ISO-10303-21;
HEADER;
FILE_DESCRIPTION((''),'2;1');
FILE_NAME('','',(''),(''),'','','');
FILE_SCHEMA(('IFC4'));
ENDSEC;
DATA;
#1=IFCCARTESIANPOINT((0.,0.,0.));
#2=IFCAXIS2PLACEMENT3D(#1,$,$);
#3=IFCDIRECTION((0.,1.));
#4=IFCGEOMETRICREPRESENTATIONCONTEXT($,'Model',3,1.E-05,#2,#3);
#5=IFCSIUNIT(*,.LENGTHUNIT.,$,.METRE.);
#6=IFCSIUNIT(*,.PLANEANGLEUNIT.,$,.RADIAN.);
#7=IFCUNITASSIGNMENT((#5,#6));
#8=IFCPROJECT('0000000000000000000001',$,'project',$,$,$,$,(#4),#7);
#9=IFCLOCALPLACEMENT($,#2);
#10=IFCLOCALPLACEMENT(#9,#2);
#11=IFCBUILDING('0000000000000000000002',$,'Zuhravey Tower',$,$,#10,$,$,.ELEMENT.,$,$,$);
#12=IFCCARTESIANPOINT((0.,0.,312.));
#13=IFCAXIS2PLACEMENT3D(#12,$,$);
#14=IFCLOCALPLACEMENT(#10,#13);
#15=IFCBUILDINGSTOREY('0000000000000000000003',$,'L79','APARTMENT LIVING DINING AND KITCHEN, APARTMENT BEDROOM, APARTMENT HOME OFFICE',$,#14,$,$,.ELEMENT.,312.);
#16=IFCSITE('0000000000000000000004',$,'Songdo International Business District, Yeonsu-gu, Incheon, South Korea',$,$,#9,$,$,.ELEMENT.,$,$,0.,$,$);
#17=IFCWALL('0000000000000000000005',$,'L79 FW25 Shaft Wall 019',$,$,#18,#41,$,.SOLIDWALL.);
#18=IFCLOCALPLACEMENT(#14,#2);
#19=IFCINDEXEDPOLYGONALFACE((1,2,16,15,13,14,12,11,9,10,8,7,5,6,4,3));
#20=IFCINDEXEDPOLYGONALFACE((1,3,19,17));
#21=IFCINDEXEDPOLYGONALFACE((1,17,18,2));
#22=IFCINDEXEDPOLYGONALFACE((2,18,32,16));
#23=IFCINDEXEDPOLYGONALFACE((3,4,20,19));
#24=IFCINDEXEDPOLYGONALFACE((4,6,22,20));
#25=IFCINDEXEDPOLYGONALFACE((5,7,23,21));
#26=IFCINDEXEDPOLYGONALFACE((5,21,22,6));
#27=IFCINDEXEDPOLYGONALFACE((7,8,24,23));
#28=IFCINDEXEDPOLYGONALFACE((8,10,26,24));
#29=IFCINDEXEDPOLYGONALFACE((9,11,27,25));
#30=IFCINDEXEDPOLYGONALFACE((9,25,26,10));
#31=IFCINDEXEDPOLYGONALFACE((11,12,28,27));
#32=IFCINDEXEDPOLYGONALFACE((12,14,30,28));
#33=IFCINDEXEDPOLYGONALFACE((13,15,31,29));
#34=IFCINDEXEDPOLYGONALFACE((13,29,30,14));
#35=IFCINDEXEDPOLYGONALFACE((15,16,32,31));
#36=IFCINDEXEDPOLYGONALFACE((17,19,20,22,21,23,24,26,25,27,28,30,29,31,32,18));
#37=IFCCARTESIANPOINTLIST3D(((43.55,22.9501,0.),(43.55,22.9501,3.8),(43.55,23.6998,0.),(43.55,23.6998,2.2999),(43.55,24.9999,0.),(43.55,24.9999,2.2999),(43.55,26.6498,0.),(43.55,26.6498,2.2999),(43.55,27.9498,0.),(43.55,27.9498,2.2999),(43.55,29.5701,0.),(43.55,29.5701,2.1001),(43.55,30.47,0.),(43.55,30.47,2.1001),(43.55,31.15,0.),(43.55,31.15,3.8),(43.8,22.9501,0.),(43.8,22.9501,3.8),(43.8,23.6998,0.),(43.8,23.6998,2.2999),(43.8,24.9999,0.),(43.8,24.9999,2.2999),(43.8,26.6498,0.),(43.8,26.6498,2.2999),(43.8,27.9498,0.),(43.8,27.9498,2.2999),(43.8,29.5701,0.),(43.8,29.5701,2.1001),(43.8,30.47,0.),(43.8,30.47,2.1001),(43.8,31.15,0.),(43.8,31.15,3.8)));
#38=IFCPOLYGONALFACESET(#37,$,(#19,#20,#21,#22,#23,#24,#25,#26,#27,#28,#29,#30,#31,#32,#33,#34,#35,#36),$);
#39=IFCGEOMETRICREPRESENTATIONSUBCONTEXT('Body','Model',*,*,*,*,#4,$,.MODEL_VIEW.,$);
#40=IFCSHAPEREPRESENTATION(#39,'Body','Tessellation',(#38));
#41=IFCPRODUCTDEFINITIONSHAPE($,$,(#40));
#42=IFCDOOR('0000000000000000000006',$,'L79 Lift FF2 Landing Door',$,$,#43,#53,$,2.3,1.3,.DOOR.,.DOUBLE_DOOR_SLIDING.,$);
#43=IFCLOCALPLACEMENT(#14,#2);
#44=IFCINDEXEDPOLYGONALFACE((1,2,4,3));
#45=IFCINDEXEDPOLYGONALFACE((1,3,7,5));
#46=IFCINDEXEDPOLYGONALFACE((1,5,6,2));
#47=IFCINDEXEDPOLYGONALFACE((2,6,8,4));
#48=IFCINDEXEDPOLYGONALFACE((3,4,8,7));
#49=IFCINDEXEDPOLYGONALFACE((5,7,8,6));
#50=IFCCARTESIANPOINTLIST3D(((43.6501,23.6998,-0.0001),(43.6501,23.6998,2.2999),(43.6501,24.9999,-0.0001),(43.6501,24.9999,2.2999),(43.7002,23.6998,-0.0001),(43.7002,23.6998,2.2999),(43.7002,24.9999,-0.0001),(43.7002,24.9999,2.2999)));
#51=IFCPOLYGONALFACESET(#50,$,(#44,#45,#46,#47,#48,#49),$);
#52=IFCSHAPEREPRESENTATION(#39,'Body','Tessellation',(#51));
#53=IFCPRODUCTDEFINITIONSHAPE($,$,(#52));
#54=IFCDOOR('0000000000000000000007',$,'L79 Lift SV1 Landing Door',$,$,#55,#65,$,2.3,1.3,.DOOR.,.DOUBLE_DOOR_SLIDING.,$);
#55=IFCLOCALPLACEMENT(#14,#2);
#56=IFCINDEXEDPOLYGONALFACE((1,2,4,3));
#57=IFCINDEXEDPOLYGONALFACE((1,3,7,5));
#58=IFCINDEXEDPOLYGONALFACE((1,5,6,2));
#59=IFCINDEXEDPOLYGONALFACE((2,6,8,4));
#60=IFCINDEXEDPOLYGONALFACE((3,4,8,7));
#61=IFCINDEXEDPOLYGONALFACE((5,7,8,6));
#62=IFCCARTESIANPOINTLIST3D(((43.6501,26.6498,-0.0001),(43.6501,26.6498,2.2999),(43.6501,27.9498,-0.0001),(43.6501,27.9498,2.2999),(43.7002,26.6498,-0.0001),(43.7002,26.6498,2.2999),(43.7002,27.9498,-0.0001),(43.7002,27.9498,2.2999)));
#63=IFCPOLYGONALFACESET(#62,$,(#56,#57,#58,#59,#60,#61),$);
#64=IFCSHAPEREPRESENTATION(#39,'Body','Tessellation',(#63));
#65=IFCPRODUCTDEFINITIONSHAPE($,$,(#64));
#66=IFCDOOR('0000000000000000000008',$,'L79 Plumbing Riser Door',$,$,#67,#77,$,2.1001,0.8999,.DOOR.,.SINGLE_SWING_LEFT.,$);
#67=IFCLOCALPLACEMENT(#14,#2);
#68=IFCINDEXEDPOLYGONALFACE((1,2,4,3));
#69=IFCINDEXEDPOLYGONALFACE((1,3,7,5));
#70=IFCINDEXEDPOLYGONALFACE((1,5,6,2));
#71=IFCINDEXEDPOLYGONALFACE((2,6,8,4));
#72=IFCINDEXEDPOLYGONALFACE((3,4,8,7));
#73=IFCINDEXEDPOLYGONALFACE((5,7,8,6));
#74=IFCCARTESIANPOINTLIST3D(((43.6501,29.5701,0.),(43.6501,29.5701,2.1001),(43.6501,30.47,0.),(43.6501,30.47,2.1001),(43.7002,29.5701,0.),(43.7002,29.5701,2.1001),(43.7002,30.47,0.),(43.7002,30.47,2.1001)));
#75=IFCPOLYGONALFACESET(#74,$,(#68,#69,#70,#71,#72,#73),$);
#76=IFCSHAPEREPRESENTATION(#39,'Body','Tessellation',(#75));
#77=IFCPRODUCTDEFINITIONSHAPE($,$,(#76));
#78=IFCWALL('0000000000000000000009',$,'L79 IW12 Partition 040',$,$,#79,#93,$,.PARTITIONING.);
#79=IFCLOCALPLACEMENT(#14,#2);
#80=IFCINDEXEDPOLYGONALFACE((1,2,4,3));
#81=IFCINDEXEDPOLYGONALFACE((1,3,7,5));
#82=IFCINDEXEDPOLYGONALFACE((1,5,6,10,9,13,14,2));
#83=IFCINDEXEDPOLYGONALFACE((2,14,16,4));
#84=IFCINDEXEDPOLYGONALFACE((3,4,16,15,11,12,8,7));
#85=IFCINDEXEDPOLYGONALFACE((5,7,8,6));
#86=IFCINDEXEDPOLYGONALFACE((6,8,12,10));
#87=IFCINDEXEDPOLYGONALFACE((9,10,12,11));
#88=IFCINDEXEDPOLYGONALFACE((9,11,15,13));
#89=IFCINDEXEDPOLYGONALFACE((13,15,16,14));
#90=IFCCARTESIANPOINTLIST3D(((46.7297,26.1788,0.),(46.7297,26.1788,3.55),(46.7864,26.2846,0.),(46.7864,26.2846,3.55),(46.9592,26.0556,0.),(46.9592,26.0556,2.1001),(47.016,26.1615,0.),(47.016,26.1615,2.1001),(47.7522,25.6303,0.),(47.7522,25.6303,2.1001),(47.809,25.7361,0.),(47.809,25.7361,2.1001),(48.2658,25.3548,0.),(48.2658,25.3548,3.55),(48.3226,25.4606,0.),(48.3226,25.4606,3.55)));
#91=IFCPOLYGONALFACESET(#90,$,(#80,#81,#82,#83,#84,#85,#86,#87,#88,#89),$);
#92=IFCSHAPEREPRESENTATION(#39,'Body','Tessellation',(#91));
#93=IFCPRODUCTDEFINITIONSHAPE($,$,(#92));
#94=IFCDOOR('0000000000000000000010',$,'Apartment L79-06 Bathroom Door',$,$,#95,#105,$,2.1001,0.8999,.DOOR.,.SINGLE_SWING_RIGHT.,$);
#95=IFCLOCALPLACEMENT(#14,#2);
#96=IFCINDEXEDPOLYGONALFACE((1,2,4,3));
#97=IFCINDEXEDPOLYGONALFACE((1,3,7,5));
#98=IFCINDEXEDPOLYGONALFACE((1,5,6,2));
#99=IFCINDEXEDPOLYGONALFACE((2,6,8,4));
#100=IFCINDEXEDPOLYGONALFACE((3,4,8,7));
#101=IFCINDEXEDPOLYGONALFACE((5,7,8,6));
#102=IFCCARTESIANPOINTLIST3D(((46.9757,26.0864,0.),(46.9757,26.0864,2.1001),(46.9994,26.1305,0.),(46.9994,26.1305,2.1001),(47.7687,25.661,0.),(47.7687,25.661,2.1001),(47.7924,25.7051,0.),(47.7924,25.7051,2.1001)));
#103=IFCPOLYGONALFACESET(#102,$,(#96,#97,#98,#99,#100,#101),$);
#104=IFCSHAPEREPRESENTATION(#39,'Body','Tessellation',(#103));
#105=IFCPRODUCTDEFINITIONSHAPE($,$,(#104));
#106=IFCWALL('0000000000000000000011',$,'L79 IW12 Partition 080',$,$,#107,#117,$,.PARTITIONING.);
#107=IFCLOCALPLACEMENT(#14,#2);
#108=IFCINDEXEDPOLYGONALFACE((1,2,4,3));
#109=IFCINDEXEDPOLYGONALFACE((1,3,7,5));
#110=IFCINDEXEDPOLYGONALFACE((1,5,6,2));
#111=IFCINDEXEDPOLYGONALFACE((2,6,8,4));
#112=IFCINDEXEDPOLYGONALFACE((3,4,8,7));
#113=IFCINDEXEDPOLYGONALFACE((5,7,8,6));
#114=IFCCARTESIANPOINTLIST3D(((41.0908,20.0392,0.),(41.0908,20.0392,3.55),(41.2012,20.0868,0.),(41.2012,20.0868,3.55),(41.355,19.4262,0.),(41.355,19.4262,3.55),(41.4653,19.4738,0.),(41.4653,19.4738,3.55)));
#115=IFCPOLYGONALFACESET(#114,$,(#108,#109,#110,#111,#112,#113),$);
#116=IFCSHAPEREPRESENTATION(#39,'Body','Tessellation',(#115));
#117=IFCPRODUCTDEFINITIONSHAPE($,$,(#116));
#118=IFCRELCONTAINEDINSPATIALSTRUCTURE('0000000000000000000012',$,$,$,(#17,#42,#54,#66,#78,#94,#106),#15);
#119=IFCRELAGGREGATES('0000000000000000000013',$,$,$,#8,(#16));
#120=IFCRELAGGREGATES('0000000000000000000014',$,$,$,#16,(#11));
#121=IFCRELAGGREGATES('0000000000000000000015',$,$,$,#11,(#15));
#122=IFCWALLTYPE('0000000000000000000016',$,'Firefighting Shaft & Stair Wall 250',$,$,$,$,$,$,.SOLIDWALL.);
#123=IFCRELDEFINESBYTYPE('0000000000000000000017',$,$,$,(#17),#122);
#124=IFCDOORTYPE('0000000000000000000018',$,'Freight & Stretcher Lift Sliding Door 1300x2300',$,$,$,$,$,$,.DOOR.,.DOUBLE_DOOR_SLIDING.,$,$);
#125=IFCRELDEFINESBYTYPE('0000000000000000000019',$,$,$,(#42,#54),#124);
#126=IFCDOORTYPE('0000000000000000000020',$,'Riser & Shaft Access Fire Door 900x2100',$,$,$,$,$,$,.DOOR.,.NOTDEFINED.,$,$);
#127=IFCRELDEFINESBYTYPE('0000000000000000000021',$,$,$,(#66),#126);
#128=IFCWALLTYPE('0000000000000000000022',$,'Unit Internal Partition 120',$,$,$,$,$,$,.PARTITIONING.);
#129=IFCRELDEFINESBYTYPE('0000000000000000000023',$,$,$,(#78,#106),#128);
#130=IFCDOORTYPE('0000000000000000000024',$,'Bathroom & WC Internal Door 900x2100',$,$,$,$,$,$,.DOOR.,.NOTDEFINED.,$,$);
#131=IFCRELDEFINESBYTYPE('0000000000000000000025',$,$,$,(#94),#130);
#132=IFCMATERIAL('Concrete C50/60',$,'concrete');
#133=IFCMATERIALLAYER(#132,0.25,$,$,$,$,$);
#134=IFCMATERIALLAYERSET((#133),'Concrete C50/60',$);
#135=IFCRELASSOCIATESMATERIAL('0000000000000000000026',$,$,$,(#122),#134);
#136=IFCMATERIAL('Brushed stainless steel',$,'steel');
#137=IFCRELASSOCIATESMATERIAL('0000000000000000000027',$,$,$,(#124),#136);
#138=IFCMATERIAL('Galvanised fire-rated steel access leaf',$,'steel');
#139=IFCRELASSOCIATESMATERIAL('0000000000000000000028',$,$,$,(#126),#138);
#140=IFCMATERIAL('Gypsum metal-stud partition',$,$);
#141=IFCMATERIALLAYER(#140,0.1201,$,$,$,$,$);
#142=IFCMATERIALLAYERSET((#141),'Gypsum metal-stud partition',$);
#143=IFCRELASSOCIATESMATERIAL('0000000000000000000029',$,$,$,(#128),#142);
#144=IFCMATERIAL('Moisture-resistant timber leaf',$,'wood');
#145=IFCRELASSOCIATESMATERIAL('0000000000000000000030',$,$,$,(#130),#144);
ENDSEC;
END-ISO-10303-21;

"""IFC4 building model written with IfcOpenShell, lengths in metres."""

from ifc_helpers import new_model, si_unit, direction, frame, frame_2d, origin, place, context, subcontext, project, spatial, rectangle, extrude, material, layer, layer_set, type_object, element, fill, save


model = new_model("IFC4")

# Units and contexts
model_context = context("Model", 3, precision=1e-05, world=origin(), true_north=direction((0.0, 1.0)))
body_context = subcontext(model_context, "Body", "Model", "MODEL_VIEW")
ifc_project = project(units=[si_unit("LENGTHUNIT", "METRE"), si_unit("PLANEANGLEUNIT", "RADIAN")], contexts=[model_context])

# Site, building, storey
site_placement = place(None, origin())
site = spatial("IfcSite", under=ifc_project, at=site_placement, Name="Songdo International Business District, Yeonsu-gu, Incheon, South Korea", CompositionType="ELEMENT", RefElevation=0.0)
building_placement = place(site_placement, origin())
building = spatial("IfcBuilding", under=site, at=building_placement, Name="Zuhravey Tower", CompositionType="ELEMENT")
storey_placement = place(building_placement, frame((0.0, 0.0, 312.0)))
storey = spatial("IfcBuildingStorey", under=building, at=storey_placement, Name="L79", Description="APARTMENT LIVING DINING AND KITCHEN, APARTMENT BEDROOM, APARTMENT HOME OFFICE", CompositionType="ELEMENT", Elevation=312.0)

# Shared definitions
ifc_material_1 = material(Name="Concrete C50/60", Category="concrete")

# Shared definitions
ifc_layer_1 = layer(ifc_material_1, 0.25)
ifc_layer_set_1 = layer_set([ifc_layer_1], Name="Concrete C50/60")
wall_type_1 = type_object("IfcWallType", Name="Firefighting Shaft & Stair Wall 250", PredefinedType="SOLIDWALL", material=ifc_layer_set_1)

# Wall, openings, doors
wall_1_placement = place(storey_placement, frame((43.675, 22.95, 0.0), z_axis=(0.0, 0.0, 1.0), x_axis=(0.0, 1.0, 0.0)))
wall_1 = element("IfcWall", 1, at=wall_1_placement, inside=storey, type_object=wall_type_1, Name="L79 FW25 Shaft Wall 019", PredefinedType="SOLIDWALL", context=body_context, shape_type="SweptSolid", body=[
    extrude(rectangle(XDim=8.2, YDim=0.25, at=frame_2d((4.1001, 0.0))), origin(), (0.0, 0.0, 1.0), 3.8),
])
opening_1_placement = place(wall_1_placement, frame((0.75, 0.0, 0.0)))
opening_1 = element("IfcOpeningElement", 2, at=opening_1_placement, cuts=wall_1, PredefinedType="OPENING", context=body_context, shape_type="SweptSolid", body=[
    extrude(rectangle(XDim=1.3, YDim=2.3, at=frame_2d((0.6499, 1.1499))), frame((0.0, 0.137, 0.0), z_axis=(0.0, -1.0, 0.0), x_axis=(1.0, 0.0, 0.0)), (0.0, 0.0, 1.0), 0.2739),
])
opening_2_placement = place(wall_1_placement, frame((3.7, 0.0, 0.0)))
opening_2 = element("IfcOpeningElement", 3, at=opening_2_placement, cuts=wall_1, PredefinedType="OPENING", context=body_context, shape_type="SweptSolid", body=[
    extrude(rectangle(XDim=1.3, YDim=2.3, at=frame_2d((0.6499, 1.1499))), frame((0.0, 0.137, 0.0), z_axis=(0.0, -1.0, 0.0), x_axis=(1.0, 0.0, 0.0)), (0.0, 0.0, 1.0), 0.2739),
])
opening_3_placement = place(wall_1_placement, frame((6.6201, 0.0, 0.0)))
opening_3 = element("IfcOpeningElement", 4, at=opening_3_placement, cuts=wall_1, PredefinedType="OPENING", context=body_context, shape_type="SweptSolid", body=[
    extrude(rectangle(XDim=0.8999, YDim=2.1001, at=frame_2d((0.45, 1.05))), frame((0.0, 0.137, 0.0), z_axis=(0.0, -1.0, 0.0), x_axis=(1.0, 0.0, 0.0)), (0.0, 0.0, 1.0), 0.2739),
])
ifc_material_2 = material(Name="Brushed stainless steel", Category="steel")
door_type_1 = type_object("IfcDoorType", Name="Freight & Stretcher Lift Sliding Door 1300x2300", OperationType="DOUBLE_DOOR_SLIDING", PredefinedType="DOOR", material=ifc_material_2)
door_1_placement = place(opening_1_placement, origin())
door_1 = element("IfcDoor", 5, at=door_1_placement, inside=storey, type_object=door_type_1, Name="L79 Lift FF2 Landing Door", OperationType="DOUBLE_DOOR_SLIDING", OverallHeight=2.3, OverallWidth=1.3, PredefinedType="DOOR", context=body_context, shape_type="SweptSolid", body=[
    extrude(rectangle(XDim=1.3, YDim=2.3, at=frame_2d((0.6499, 1.1499))), frame((0.0, 0.0249, 0.0), z_axis=(0.0, -1.0, 0.0), x_axis=(1.0, 0.0, 0.0)), (0.0, 0.0, 1.0), 0.05),
])
fill(opening_1, door_1)
door_2_placement = place(opening_2_placement, origin())
door_2 = element("IfcDoor", 6, at=door_2_placement, inside=storey, type_object=door_type_1, Name="L79 Lift SV1 Landing Door", OperationType="DOUBLE_DOOR_SLIDING", OverallHeight=2.3, OverallWidth=1.3, PredefinedType="DOOR", context=body_context, shape_type="SweptSolid", body=[
    extrude(rectangle(XDim=1.3, YDim=2.3, at=frame_2d((0.6499, 1.1499))), frame((0.0, 0.0249, 0.0), z_axis=(0.0, -1.0, 0.0), x_axis=(1.0, 0.0, 0.0)), (0.0, 0.0, 1.0), 0.05),
])
fill(opening_2, door_2)
ifc_material_3 = material(Name="Galvanised fire-rated steel access leaf", Category="steel")
door_type_2 = type_object("IfcDoorType", Name="Riser & Shaft Access Fire Door 900x2100", OperationType="NOTDEFINED", PredefinedType="DOOR", material=ifc_material_3)
door_3_placement = place(opening_3_placement, origin())
door_3 = element("IfcDoor", 7, at=door_3_placement, inside=storey, type_object=door_type_2, Name="L79 Plumbing Riser Door", OperationType="SINGLE_SWING_LEFT", OverallHeight=2.1001, OverallWidth=0.8999, PredefinedType="DOOR", context=body_context, shape_type="SweptSolid", body=[
    extrude(rectangle(XDim=0.8999, YDim=2.1001, at=frame_2d((0.45, 1.05))), frame((0.0, 0.0249, 0.0), z_axis=(0.0, -1.0, 0.0), x_axis=(1.0, 0.0, 0.0)), (0.0, 0.0, 1.0), 0.05),
])
fill(opening_3, door_3)

# Wall, opening, door
ifc_material_4 = material(Name="Gypsum metal-stud partition")
ifc_layer_2 = layer(ifc_material_4, 0.1201)
ifc_layer_set_2 = layer_set([ifc_layer_2], Name="Gypsum metal-stud partition")
wall_type_2 = type_object("IfcWallType", Name="Unit Internal Partition 120", PredefinedType="PARTITIONING", material=ifc_layer_set_2)
wall_2_placement = place(storey_placement, frame((46.7581, 26.2317, 0.0), z_axis=(0.0, 0.0, 1.0), x_axis=(0.88123, -0.472688, 0.0)))
wall_2 = element("IfcWall", 8, at=wall_2_placement, inside=storey, type_object=wall_type_2, Name="L79 IW12 Partition 040", PredefinedType="PARTITIONING", context=body_context, shape_type="SweptSolid", body=[
    extrude(rectangle(XDim=1.7432, YDim=0.1201, at=frame_2d((0.8716, 0.0))), origin(), (0.0, 0.0, 1.0), 3.55),
])
opening_4_placement = place(wall_2_placement, frame((0.2605, 0.0, 0.0)))
opening_4 = element("IfcOpeningElement", 9, at=opening_4_placement, cuts=wall_2, PredefinedType="OPENING", context=body_context, shape_type="SweptSolid", body=[
    extrude(rectangle(XDim=0.8999, YDim=2.1001, at=frame_2d((0.45, 1.05))), frame((0.0, 0.072, 0.0), z_axis=(0.0, -1.0, 0.0), x_axis=(1.0, 0.0, 0.0)), (0.0, 0.0, 1.0), 0.144),
])
ifc_material_5 = material(Name="Moisture-resistant timber leaf", Category="wood")
door_type_3 = type_object("IfcDoorType", Name="Bathroom & WC Internal Door 900x2100", OperationType="NOTDEFINED", PredefinedType="DOOR", material=ifc_material_5)
door_4_placement = place(opening_4_placement, origin())
door_4 = element("IfcDoor", 10, at=door_4_placement, inside=storey, type_object=door_type_3, Name="Apartment L79-06 Bathroom Door", OperationType="SINGLE_SWING_RIGHT", OverallHeight=2.1001, OverallWidth=0.8999, PredefinedType="DOOR", context=body_context, shape_type="SweptSolid", body=[
    extrude(rectangle(XDim=0.8999, YDim=2.1001, at=frame_2d((0.45, 1.05))), frame((0.0, 0.0249, 0.0), z_axis=(0.0, -1.0, 0.0), x_axis=(1.0, 0.0, 0.0)), (0.0, 0.0, 1.0), 0.05),
])
fill(opening_4, door_4)

# Wall
wall_3_placement = place(storey_placement, frame((41.146, 20.063, 0.0), z_axis=(0.0, 0.0, 1.0), x_axis=(0.395728, -0.918368, 0.0)))
element("IfcWall", 11, at=wall_3_placement, inside=storey, type_object=wall_type_2, Name="L79 IW12 Partition 080", PredefinedType="PARTITIONING", context=body_context, shape_type="SweptSolid", body=[
    extrude(rectangle(XDim=0.6675, YDim=0.1201, at=frame_2d((0.3337, 0.0))), origin(), (0.0, 0.0, 1.0), 3.55),
])

save(model, "model.ifc")
